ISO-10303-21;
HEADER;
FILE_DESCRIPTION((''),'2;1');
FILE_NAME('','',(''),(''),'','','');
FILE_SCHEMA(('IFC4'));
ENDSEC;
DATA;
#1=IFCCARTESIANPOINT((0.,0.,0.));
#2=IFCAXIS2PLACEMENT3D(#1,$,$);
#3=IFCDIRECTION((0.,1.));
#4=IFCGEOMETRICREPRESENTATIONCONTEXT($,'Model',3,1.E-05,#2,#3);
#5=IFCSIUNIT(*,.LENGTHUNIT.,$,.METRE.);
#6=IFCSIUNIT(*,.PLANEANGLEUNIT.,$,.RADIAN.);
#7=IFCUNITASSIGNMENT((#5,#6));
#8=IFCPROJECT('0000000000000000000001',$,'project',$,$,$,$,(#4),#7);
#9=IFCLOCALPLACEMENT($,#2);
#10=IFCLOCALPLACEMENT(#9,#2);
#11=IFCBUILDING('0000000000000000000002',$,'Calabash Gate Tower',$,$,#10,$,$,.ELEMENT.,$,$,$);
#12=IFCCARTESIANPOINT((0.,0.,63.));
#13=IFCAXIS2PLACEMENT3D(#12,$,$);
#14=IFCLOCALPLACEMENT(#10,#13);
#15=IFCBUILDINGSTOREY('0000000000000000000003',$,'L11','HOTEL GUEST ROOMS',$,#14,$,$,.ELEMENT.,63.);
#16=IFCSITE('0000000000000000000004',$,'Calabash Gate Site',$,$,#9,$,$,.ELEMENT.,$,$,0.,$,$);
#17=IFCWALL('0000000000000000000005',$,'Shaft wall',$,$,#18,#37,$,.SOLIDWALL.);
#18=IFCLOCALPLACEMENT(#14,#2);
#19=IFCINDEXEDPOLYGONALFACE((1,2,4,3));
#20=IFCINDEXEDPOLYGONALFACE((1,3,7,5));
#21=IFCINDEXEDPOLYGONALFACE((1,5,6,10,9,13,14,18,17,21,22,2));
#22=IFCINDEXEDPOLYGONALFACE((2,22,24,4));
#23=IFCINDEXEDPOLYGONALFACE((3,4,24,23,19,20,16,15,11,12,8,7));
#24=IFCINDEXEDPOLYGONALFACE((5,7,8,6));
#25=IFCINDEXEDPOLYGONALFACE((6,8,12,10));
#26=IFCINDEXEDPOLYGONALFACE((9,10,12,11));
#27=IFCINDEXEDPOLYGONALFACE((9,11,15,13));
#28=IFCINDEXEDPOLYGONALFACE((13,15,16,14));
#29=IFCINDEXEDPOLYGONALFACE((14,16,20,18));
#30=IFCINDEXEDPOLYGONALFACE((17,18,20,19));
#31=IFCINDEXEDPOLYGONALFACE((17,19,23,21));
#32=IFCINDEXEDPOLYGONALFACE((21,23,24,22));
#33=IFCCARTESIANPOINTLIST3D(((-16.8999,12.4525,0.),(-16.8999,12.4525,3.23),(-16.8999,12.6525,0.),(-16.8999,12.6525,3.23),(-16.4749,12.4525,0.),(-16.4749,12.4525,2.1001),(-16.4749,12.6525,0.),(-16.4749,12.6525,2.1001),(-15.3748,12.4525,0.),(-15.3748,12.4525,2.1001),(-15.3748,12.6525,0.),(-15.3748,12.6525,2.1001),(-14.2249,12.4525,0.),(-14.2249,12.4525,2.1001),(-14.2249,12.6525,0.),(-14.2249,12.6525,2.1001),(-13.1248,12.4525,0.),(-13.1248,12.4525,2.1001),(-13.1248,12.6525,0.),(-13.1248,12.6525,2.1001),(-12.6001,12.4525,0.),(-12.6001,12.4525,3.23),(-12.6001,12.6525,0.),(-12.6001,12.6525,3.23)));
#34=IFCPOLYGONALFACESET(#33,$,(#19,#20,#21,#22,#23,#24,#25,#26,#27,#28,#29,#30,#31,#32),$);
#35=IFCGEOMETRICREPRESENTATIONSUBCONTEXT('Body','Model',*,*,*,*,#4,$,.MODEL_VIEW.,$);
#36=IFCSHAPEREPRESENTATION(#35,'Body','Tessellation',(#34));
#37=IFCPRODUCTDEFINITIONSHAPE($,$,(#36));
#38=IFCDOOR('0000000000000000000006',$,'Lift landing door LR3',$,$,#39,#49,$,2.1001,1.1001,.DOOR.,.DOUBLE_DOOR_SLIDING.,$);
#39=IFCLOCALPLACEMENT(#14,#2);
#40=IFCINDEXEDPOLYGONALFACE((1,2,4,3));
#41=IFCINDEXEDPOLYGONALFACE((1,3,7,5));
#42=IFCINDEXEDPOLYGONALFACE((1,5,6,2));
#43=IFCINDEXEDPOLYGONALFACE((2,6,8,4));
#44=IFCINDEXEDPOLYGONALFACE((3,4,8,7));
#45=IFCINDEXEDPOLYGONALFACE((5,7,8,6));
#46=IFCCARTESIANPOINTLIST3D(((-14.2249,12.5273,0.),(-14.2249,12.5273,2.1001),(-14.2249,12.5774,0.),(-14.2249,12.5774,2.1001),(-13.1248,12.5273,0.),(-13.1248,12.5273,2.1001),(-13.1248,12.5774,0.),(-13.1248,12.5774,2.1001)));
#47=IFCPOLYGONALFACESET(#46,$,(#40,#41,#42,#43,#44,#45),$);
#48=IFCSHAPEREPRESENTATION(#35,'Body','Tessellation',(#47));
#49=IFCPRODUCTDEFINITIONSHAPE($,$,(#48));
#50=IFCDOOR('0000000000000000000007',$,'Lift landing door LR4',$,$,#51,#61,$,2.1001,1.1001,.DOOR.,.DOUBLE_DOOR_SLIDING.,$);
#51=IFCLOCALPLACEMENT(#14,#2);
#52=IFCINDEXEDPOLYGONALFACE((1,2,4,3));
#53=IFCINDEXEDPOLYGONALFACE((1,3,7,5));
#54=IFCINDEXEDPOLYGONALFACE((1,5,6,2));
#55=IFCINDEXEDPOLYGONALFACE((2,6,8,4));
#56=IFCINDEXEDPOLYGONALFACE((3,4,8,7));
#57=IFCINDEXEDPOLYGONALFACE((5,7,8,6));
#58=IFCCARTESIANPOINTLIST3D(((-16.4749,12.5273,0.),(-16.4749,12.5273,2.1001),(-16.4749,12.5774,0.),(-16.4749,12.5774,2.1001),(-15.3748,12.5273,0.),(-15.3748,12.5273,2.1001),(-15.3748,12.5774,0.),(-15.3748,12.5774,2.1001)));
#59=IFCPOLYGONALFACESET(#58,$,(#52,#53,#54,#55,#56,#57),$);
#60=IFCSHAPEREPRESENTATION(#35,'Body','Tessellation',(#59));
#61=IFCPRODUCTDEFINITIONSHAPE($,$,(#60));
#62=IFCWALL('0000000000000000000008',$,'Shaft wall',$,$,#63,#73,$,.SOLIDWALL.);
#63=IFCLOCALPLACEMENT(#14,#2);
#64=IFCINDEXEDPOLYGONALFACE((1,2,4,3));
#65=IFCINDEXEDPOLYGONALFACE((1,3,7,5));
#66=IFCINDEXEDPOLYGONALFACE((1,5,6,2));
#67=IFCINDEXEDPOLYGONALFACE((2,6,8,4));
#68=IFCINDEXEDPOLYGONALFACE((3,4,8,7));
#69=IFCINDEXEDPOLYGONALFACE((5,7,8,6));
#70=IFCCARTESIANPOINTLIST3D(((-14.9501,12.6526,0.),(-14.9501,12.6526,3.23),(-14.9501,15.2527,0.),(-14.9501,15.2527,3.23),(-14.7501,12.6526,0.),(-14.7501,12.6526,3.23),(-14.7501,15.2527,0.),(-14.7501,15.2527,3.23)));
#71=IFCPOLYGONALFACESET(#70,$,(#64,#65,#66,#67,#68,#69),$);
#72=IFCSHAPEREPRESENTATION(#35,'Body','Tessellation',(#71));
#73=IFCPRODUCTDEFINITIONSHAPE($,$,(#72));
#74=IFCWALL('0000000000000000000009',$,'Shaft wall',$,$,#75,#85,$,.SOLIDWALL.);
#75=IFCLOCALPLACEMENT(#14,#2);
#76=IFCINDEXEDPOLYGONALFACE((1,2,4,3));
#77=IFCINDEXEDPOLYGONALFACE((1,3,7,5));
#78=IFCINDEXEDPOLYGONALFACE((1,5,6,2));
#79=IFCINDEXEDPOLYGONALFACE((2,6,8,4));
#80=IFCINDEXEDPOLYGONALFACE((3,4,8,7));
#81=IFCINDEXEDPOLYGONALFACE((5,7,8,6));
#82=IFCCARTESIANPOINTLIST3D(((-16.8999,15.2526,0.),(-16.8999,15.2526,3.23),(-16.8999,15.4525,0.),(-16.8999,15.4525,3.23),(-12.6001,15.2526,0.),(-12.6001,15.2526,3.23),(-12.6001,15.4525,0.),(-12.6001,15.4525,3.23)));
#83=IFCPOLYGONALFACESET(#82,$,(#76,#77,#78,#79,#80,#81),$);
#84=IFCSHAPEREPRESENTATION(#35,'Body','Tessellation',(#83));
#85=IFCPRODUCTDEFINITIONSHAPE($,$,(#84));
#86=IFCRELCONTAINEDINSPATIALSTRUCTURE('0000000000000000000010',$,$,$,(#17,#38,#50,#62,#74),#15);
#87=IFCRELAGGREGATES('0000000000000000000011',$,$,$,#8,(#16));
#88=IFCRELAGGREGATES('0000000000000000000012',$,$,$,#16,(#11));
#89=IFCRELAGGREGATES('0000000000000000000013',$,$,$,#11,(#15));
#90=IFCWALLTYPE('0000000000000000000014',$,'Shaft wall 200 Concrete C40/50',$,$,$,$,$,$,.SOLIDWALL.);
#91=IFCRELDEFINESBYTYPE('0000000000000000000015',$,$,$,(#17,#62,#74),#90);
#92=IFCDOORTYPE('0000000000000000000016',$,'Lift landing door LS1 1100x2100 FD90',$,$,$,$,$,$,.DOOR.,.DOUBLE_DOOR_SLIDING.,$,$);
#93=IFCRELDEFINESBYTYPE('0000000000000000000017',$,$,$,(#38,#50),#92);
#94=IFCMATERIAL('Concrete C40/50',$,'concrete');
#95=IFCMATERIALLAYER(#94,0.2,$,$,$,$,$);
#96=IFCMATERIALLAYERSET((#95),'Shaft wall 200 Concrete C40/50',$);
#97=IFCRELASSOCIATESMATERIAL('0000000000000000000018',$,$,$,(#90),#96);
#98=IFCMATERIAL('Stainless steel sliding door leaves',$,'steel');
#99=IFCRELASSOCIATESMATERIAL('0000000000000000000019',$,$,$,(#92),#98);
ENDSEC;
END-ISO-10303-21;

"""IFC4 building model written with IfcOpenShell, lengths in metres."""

from ifc_helpers import new_model, si_unit, direction, frame, frame_2d, origin, place, context, subcontext, project, spatial, rectangle, extrude, material, layer, layer_set, type_object, element, fill, save


model = new_model("IFC4")

# Units and contexts
model_context = context("Model", 3, precision=1e-05, world=origin(), true_north=direction((0.0, 1.0)))
body_context = subcontext(model_context, "Body", "Model", "MODEL_VIEW")
ifc_project = project(units=[si_unit("LENGTHUNIT", "METRE"), si_unit("PLANEANGLEUNIT", "RADIAN")], contexts=[model_context])

# Site, building, storey
site_placement = place(None, origin())
site = spatial("IfcSite", under=ifc_project, at=site_placement, Name="Calabash Gate Site", CompositionType="ELEMENT", RefElevation=0.0)
building_placement = place(site_placement, origin())
building = spatial("IfcBuilding", under=site, at=building_placement, Name="Calabash Gate Tower", CompositionType="ELEMENT")
storey_placement = place(building_placement, frame((0.0, 0.0, 63.0)))
storey = spatial("IfcBuildingStorey", under=building, at=storey_placement, Name="L11", Description="HOTEL GUEST ROOMS", CompositionType="ELEMENT", Elevation=63.0)

# Shared definitions
ifc_material_1 = material(Name="Concrete C40/50", Category="concrete")
ifc_layer_1 = layer(ifc_material_1, 0.2)
ifc_layer_set_1 = layer_set([ifc_layer_1], Name="Shaft wall 200 Concrete C40/50")
wall_type_1 = type_object("IfcWallType", Name="Shaft wall 200 Concrete C40/50", PredefinedType="SOLIDWALL", material=ifc_layer_set_1)

# Wall, openings, doors
ifc_material_2 = material(Name="Stainless steel sliding door leaves", Category="steel")
door_type_1 = type_object("IfcDoorType", Name="Lift landing door LS1 1100x2100 FD90", OperationType="DOUBLE_DOOR_SLIDING", PredefinedType="DOOR", material=ifc_material_2)
wall_1_placement = place(storey_placement, frame((-16.8999, 12.5525, 0.0), z_axis=(0.0, 0.0, 1.0), x_axis=(1.0, 0.0, 0.0)))
wall_1 = element("IfcWall", 1, at=wall_1_placement, inside=storey, type_object=wall_type_1, Name="Shaft wall", PredefinedType="SOLIDWALL", context=body_context, shape_type="SweptSolid", body=[
    extrude(rectangle(XDim=4.2998, YDim=0.2, at=frame_2d((2.1499, 0.0))), origin(), (0.0, 0.0, 1.0), 3.23),
])
opening_1_placement = place(wall_1_placement, frame((2.675, 0.0, 0.0)))
opening_1 = element("IfcOpeningElement", 2, at=opening_1_placement, cuts=wall_1, PredefinedType="OPENING", context=body_context, shape_type="SweptSolid", body=[
    extrude(rectangle(XDim=1.1001, YDim=2.1001, at=frame_2d((0.55, 1.05))), frame((0.0, 0.1099, 0.0), z_axis=(0.0, -1.0, 0.0), x_axis=(1.0, 0.0, 0.0)), (0.0, 0.0, 1.0), 0.22),
])
opening_2_placement = place(wall_1_placement, frame((0.425, 0.0, 0.0)))
opening_2 = element("IfcOpeningElement", 3, at=opening_2_placement, cuts=wall_1, PredefinedType="OPENING", context=body_context, shape_type="SweptSolid", body=[
    extrude(rectangle(XDim=1.1001, YDim=2.1001, at=frame_2d((0.55, 1.05))), frame((0.0, 0.1099, 0.0), z_axis=(0.0, -1.0, 0.0), x_axis=(1.0, 0.0, 0.0)), (0.0, 0.0, 1.0), 0.22),
])
door_1_placement = place(opening_1_placement, origin())
door_1 = element("IfcDoor", 4, at=door_1_placement, inside=storey, type_object=door_type_1, Name="Lift landing door LR3", OperationType="DOUBLE_DOOR_SLIDING", OverallHeight=2.1001, OverallWidth=1.1001, PredefinedType="DOOR", context=body_context, shape_type="SweptSolid", body=[
    extrude(rectangle(XDim=1.1001, YDim=2.1001, at=frame_2d((0.55, 1.05))), frame((0.0, 0.0249, 0.0), z_axis=(0.0, -1.0, 0.0), x_axis=(1.0, 0.0, 0.0)), (0.0, 0.0, 1.0), 0.05),
])
fill(opening_1, door_1)
door_2_placement = place(opening_2_placement, origin())
door_2 = element("IfcDoor", 5, at=door_2_placement, inside=storey, type_object=door_type_1, Name="Lift landing door LR4", OperationType="DOUBLE_DOOR_SLIDING", OverallHeight=2.1001, OverallWidth=1.1001, PredefinedType="DOOR", context=body_context, shape_type="SweptSolid", body=[
    extrude(rectangle(XDim=1.1001, YDim=2.1001, at=frame_2d((0.55, 1.05))), frame((0.0, 0.0249, 0.0), z_axis=(0.0, -1.0, 0.0), x_axis=(1.0, 0.0, 0.0)), (0.0, 0.0, 1.0), 0.05),
])
fill(opening_2, door_2)

# Walls
wall_2_placement = place(storey_placement, frame((-14.8501, 12.6526, 0.0), z_axis=(0.0, 0.0, 1.0), x_axis=(0.0, 1.0, 0.0)))
element("IfcWall", 6, at=wall_2_placement, inside=storey, type_object=wall_type_1, Name="Shaft wall", PredefinedType="SOLIDWALL", context=body_context, shape_type="SweptSolid", body=[
    extrude(rectangle(XDim=2.6001, YDim=0.2, at=frame_2d((1.3, 0.0))), origin(), (0.0, 0.0, 1.0), 3.23),
])
wall_3_placement = place(storey_placement, frame((-16.8999, 15.3525, 0.0), z_axis=(0.0, 0.0, 1.0), x_axis=(1.0, 0.0, 0.0)))
element("IfcWall", 7, at=wall_3_placement, inside=storey, type_object=wall_type_1, Name="Shaft wall", PredefinedType="SOLIDWALL", context=body_context, shape_type="SweptSolid", body=[
    extrude(rectangle(XDim=4.2998, YDim=0.2, at=frame_2d((2.1499, 0.0))), origin(), (0.0, 0.0, 1.0), 3.23),
])

save(model, "model.ifc")
